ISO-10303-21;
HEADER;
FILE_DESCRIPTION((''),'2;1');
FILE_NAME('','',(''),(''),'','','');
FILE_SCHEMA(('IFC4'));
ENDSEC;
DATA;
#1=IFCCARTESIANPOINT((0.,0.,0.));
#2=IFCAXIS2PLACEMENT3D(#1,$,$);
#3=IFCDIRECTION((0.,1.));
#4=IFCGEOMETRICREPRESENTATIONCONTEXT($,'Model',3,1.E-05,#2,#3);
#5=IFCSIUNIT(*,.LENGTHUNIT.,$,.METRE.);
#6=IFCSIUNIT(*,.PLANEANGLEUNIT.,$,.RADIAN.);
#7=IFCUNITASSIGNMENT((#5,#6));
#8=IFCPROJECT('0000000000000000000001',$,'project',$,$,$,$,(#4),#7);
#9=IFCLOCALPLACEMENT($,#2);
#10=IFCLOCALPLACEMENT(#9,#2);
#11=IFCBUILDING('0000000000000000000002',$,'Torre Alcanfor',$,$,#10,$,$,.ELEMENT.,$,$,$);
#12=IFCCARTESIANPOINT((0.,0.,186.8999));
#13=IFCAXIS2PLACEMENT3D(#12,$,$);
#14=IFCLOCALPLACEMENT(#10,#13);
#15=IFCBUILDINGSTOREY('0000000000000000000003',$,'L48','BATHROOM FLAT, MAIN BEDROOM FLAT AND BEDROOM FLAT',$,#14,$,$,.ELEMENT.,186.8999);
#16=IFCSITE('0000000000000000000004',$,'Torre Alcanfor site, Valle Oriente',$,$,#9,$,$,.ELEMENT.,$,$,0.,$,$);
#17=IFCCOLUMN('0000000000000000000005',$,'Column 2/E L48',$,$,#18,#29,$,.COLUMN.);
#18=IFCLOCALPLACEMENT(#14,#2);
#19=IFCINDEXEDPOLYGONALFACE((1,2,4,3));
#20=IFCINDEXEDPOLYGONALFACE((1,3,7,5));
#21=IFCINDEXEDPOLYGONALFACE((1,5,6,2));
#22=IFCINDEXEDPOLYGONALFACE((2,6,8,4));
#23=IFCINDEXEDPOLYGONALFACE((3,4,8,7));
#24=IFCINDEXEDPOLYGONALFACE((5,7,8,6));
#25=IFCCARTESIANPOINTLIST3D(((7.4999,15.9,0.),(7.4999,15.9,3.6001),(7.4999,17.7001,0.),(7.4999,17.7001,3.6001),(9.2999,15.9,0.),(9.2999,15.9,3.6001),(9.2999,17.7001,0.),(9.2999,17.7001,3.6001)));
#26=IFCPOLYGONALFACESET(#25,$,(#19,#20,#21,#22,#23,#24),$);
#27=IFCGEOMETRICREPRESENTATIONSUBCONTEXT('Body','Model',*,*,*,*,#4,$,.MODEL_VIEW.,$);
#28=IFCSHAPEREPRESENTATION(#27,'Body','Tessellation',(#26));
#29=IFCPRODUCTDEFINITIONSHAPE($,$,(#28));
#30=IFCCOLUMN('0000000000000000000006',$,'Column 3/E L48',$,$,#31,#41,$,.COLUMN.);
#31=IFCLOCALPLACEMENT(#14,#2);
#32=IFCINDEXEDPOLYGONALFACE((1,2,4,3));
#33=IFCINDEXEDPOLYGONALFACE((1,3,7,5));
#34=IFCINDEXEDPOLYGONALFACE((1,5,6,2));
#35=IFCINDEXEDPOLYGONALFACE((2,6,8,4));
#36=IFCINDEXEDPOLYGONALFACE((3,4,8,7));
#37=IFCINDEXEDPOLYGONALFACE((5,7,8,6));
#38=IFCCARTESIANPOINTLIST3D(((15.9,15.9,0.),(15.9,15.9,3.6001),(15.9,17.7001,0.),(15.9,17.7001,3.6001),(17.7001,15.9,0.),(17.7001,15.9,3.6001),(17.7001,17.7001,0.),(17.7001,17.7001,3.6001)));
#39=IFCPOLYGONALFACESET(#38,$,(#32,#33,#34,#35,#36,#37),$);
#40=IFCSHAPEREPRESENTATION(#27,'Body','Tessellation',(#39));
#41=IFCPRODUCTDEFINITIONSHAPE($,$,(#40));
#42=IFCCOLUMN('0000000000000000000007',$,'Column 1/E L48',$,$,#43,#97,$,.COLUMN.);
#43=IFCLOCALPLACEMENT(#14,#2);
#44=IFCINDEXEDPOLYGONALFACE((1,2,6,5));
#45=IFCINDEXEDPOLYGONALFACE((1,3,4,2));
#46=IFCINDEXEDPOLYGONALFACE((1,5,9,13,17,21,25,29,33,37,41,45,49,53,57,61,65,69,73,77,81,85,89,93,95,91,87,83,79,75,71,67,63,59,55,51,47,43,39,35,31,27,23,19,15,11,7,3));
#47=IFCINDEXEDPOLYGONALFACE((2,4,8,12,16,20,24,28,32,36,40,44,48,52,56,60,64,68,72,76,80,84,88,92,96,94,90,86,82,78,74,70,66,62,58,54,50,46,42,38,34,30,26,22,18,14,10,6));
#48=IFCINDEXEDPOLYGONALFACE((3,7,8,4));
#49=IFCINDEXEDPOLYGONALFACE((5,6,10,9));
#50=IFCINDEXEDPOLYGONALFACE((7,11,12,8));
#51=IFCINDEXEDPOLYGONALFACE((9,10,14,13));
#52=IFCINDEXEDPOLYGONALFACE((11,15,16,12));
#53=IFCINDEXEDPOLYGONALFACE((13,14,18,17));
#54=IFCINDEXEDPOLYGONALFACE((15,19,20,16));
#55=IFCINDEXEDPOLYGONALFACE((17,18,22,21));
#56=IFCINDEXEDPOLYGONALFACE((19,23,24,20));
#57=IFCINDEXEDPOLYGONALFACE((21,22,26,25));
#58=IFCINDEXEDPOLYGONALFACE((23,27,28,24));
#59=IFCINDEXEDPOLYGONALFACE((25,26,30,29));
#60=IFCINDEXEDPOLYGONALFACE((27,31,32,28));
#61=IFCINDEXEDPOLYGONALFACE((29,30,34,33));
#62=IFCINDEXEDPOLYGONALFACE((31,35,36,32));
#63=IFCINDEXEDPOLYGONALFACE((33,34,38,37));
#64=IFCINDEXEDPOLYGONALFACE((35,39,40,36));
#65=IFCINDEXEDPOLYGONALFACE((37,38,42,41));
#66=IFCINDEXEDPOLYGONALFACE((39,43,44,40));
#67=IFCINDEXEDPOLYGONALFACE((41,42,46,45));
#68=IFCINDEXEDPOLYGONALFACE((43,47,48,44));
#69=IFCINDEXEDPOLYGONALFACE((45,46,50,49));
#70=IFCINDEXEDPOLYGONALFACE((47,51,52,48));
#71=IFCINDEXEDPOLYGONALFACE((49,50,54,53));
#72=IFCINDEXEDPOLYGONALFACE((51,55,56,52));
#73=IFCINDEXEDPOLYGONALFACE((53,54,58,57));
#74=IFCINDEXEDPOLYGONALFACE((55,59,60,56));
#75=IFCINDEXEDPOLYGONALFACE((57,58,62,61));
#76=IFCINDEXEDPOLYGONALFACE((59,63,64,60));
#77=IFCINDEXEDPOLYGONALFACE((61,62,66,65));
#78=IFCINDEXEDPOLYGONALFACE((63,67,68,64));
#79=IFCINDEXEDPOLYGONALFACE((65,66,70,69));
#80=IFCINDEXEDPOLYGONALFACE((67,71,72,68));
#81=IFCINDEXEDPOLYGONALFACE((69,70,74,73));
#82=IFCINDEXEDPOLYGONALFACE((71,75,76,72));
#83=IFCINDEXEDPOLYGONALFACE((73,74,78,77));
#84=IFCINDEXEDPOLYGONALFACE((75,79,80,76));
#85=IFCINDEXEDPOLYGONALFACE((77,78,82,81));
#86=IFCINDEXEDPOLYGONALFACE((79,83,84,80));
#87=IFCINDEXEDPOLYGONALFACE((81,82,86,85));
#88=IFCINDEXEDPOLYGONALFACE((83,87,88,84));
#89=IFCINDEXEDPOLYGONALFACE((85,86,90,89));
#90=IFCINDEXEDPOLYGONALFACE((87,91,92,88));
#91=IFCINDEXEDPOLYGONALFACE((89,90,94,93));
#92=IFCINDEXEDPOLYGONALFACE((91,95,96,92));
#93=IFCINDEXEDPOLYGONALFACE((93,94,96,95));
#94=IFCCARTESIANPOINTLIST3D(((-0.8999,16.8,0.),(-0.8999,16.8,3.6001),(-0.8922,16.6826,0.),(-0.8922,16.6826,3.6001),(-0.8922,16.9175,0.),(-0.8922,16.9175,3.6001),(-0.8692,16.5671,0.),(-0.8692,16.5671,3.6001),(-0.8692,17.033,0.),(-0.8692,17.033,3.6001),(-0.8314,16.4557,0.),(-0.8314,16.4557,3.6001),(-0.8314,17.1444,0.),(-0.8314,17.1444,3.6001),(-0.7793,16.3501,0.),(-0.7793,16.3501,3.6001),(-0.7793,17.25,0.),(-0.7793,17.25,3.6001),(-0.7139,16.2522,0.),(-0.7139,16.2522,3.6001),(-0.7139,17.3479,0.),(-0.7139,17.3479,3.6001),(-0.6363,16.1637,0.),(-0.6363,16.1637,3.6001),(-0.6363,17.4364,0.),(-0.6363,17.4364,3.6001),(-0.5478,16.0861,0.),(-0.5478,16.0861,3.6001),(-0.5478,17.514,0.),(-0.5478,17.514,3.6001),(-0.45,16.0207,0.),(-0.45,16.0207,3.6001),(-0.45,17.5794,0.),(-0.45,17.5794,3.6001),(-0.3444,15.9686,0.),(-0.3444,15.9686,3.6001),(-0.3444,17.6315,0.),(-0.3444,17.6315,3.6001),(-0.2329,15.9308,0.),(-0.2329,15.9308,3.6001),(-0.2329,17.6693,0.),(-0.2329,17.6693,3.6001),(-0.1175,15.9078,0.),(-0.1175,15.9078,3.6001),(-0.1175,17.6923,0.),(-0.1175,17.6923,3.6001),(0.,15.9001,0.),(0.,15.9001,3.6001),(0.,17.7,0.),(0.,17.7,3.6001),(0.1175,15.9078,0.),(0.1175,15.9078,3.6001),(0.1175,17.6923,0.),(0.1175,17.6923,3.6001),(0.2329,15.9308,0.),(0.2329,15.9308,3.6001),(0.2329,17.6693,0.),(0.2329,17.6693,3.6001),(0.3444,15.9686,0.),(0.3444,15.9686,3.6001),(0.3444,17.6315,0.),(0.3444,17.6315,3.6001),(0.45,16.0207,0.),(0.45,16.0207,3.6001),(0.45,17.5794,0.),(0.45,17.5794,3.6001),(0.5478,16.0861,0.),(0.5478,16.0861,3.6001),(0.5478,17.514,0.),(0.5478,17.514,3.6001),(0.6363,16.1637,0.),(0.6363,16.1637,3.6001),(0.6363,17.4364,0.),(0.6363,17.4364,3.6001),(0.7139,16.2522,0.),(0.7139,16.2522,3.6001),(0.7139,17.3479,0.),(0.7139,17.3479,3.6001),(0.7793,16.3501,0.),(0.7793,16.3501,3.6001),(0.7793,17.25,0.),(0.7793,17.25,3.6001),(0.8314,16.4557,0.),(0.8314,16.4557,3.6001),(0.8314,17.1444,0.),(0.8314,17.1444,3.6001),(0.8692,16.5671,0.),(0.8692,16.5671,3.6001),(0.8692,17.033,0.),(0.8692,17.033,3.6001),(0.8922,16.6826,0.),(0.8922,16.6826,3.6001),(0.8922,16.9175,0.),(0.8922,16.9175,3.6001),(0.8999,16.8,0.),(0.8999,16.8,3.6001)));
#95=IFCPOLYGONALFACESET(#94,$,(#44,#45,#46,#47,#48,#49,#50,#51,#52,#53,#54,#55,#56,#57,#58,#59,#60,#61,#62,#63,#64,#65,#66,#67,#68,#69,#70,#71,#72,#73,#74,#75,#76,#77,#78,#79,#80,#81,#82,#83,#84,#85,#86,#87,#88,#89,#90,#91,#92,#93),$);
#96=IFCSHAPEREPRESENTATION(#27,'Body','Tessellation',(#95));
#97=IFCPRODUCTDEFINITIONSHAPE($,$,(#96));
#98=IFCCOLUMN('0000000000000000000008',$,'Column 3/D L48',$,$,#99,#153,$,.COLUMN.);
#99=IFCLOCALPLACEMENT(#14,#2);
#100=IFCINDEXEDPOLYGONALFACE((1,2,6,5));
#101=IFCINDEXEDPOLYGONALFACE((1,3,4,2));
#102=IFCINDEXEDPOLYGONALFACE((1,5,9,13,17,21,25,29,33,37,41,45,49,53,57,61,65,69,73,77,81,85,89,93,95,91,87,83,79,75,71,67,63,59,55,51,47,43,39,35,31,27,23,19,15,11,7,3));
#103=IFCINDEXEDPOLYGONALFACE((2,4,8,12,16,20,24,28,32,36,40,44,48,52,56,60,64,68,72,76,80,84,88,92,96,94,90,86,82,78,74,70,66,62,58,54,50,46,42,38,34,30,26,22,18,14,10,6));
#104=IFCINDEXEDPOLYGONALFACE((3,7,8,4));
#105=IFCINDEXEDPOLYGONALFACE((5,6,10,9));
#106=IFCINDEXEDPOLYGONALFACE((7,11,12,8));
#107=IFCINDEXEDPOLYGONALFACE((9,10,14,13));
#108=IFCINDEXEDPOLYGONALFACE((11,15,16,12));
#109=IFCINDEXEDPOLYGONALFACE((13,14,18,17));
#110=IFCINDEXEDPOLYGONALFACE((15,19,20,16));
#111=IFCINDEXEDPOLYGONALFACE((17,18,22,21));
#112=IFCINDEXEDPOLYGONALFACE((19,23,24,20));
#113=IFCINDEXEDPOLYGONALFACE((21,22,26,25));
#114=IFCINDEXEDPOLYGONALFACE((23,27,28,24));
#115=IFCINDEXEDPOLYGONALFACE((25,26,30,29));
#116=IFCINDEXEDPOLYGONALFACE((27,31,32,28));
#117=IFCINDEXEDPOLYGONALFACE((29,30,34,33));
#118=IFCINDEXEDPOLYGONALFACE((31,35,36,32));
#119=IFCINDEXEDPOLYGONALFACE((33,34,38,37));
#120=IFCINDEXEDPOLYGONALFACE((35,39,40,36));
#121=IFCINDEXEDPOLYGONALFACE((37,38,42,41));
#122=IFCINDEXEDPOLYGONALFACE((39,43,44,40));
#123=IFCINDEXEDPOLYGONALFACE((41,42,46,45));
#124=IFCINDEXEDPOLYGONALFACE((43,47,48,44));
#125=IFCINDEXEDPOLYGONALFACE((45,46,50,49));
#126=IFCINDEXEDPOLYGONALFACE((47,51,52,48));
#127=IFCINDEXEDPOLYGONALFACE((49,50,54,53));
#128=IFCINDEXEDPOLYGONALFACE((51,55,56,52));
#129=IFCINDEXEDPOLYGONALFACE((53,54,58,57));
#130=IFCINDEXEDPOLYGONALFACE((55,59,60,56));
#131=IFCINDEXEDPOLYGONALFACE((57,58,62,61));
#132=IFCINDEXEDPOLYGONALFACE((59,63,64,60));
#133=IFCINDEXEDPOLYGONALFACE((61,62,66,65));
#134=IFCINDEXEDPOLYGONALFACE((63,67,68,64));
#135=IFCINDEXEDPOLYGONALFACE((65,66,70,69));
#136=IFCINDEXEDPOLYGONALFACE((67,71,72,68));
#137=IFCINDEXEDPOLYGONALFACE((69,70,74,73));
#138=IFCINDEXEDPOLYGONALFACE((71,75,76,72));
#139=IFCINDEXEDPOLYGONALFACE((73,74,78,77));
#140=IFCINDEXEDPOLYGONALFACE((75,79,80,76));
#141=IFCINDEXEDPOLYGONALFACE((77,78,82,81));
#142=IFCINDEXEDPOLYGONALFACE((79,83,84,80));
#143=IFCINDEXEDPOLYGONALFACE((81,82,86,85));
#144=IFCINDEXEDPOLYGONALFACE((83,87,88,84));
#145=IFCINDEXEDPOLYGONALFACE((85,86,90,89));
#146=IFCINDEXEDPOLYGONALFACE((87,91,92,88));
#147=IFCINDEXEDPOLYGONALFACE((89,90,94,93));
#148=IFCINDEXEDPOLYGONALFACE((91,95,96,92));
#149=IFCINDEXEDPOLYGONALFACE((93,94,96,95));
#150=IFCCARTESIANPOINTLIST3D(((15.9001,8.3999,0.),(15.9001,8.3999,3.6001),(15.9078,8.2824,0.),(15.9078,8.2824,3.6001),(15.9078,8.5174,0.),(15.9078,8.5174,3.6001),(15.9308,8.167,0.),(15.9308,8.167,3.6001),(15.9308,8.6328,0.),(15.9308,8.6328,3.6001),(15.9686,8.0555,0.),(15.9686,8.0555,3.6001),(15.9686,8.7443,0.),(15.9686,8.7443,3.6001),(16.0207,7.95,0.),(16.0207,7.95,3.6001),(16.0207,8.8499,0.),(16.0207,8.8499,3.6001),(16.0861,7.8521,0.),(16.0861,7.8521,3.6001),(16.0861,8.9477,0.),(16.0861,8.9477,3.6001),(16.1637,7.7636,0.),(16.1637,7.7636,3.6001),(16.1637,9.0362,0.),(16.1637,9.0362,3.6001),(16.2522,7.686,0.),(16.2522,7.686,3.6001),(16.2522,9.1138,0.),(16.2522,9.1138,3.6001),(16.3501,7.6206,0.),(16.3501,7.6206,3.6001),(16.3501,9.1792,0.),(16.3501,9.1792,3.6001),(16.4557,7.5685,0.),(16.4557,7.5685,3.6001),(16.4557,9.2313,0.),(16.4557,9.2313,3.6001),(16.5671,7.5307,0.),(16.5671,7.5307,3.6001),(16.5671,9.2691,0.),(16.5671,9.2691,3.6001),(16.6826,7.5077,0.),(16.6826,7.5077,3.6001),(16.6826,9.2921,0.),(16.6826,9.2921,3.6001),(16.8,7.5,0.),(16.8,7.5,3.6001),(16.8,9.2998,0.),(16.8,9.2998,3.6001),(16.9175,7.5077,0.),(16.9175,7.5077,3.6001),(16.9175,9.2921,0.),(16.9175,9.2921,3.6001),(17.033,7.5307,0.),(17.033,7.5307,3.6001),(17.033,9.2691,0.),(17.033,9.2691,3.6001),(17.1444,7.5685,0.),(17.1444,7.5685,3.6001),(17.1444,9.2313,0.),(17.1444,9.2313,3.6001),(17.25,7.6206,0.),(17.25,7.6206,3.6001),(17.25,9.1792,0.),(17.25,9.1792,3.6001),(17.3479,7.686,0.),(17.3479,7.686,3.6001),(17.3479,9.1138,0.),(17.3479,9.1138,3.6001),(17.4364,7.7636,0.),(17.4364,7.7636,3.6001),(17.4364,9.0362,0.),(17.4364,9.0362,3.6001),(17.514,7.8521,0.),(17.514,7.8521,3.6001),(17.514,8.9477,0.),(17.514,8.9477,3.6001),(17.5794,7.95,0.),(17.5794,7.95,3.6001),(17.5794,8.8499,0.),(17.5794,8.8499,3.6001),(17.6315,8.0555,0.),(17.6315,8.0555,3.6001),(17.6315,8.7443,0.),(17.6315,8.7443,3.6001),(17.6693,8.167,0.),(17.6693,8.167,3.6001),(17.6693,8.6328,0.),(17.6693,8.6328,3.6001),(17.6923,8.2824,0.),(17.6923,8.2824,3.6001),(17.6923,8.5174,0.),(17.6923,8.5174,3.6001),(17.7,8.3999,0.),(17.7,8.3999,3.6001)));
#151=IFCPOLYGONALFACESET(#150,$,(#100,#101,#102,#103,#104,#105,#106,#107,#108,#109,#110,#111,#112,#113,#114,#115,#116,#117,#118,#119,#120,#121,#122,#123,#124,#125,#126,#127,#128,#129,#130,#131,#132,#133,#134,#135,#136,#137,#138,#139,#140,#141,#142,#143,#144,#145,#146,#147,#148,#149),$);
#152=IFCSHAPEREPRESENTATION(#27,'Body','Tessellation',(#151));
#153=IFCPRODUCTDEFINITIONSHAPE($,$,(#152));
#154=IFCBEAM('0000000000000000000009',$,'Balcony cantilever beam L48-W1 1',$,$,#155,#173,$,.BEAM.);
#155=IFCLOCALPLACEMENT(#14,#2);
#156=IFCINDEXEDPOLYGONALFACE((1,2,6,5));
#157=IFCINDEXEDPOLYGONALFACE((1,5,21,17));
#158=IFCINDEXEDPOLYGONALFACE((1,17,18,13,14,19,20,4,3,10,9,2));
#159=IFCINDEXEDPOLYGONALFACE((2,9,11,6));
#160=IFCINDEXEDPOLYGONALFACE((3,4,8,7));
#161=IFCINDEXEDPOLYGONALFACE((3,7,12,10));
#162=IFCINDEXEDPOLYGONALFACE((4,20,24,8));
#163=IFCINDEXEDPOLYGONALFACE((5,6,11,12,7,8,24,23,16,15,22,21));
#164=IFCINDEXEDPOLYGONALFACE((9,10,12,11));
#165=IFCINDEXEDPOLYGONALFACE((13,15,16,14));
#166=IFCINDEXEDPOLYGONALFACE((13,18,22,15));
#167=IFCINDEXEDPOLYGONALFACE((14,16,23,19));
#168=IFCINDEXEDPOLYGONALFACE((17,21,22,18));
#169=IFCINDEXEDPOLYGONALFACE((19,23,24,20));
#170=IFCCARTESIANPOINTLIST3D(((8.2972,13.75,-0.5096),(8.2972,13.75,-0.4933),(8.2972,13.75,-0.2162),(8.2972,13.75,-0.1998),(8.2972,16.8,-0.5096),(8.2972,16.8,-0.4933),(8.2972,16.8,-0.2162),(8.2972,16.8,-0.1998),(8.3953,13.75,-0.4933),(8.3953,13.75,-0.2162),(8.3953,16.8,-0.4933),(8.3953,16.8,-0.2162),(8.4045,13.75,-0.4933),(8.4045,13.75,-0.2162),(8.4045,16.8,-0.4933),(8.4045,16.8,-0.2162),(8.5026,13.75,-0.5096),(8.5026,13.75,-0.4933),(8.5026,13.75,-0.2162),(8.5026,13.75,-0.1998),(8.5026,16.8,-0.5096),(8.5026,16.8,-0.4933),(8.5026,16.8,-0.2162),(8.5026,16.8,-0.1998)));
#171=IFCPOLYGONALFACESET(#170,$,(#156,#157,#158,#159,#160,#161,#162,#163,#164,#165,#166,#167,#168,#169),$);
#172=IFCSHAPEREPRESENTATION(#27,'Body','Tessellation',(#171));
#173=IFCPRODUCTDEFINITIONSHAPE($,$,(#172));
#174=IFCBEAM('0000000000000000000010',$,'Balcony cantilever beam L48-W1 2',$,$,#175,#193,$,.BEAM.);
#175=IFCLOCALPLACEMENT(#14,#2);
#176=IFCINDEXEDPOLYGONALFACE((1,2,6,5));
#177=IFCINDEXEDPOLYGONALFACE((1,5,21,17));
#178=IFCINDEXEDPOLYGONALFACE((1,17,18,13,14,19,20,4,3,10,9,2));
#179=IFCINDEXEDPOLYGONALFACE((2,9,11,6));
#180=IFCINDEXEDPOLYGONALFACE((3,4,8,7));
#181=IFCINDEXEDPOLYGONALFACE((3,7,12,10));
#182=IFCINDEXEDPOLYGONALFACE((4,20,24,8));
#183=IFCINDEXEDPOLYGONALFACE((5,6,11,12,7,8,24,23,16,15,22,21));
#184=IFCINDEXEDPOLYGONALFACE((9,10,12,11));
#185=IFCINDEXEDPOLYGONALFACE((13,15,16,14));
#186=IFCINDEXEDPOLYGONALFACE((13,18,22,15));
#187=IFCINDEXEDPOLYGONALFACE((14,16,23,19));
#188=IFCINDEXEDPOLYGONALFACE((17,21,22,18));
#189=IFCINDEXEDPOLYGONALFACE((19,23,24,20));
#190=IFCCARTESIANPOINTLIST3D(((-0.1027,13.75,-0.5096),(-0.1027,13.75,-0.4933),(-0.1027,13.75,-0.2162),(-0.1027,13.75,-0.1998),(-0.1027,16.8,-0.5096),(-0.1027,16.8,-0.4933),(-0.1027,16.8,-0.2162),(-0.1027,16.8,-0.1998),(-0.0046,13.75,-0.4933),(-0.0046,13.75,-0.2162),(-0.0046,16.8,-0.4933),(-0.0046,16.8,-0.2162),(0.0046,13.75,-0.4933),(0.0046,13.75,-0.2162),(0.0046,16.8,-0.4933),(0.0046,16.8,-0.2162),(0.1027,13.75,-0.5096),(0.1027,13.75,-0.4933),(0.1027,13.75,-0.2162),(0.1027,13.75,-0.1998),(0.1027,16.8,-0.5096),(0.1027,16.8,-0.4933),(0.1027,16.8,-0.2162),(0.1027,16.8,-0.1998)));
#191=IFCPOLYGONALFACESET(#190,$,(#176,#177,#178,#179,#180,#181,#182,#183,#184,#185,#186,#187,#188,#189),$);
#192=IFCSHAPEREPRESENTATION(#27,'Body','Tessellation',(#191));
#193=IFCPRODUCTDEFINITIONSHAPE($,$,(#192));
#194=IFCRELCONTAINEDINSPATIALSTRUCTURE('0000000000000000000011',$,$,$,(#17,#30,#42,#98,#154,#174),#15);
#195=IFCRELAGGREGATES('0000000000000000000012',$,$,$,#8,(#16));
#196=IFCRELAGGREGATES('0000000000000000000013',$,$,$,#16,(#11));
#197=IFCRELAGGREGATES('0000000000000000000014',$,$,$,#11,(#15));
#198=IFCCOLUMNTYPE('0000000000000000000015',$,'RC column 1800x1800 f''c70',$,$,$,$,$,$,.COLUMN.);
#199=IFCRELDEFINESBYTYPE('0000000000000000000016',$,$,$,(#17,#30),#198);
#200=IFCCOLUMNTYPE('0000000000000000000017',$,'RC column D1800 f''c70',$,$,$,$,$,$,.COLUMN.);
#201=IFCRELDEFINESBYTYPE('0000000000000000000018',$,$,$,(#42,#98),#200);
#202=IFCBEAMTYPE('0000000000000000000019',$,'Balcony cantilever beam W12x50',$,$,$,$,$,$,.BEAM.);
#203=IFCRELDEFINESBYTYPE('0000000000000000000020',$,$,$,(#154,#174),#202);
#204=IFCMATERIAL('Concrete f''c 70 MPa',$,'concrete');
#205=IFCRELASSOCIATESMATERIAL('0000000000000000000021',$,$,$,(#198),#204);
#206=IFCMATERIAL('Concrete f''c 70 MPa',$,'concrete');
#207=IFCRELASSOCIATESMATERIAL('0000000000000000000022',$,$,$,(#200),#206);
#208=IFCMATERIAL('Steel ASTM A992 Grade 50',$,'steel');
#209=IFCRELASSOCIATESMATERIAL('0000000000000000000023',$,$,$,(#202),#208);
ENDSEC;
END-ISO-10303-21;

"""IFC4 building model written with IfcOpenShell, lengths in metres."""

from ifc_helpers import new_model, si_unit, direction, frame, origin, origin_2d, place, context, subcontext, project, spatial, rectangle, circle, i_section, extrude, material, material_profile, profile_set, type_object, element, save


model = new_model("IFC4")

# Units and contexts
model_context = context("Model", 3, precision=1e-05, world=origin(), true_north=direction((0.0, 1.0)))
body_context = subcontext(model_context, "Body", "Model", "MODEL_VIEW")
ifc_project = project(units=[si_unit("LENGTHUNIT", "METRE"), si_unit("PLANEANGLEUNIT", "RADIAN")], contexts=[model_context])

# Site, building, storey
site_placement = place(None, origin())
site = spatial("IfcSite", under=ifc_project, at=site_placement, Name="Torre Alcanfor site, Valle Oriente", CompositionType="ELEMENT", RefElevation=0.0)
building_placement = place(site_placement, origin())
building = spatial("IfcBuilding", under=site, at=building_placement, Name="Torre Alcanfor", CompositionType="ELEMENT")
storey_placement = place(building_placement, frame((0.0, 0.0, 186.8999)))
storey = spatial("IfcBuildingStorey", under=building, at=storey_placement, Name="L48", Description="BATHROOM FLAT, MAIN BEDROOM FLAT AND BEDROOM FLAT", CompositionType="ELEMENT", Elevation=186.8999)

# Columns
ifc_material_1 = material(Name="Concrete f'c 70 MPa", Category="concrete")
ifc_material_profile_1 = material_profile(ifc_material_1, rectangle(XDim=1.8, YDim=1.8, at=origin_2d()), Name="1800x1800")
ifc_profile_set_1 = profile_set([ifc_material_profile_1], Name="Concrete f'c 70 MPa")
column_type_1 = type_object("IfcColumnType", Name="RC column 1800x1800 f'c70", PredefinedType="COLUMN", material=ifc_profile_set_1)
for number, where, z_axis, x_axis, name in (
    (1, (8.3999, 16.8, 0.0), (0.0, 0.0, 1.0), (1.0, 0.0, 0.0), "Column 2/E L48"),
    (2, (16.8, 16.8, 0.0), (0.0, 0.0, 1.0), (1.0, 0.0, 0.0), "Column 3/E L48"),
):
    element("IfcColumn", number, at=place(storey_placement, frame(where, z_axis=z_axis, x_axis=x_axis)), inside=storey, type_object=column_type_1, Name=name, PredefinedType="COLUMN", context=body_context, shape_type="SweptSolid", body=[
        extrude(rectangle(XDim=1.8, YDim=1.8, at=origin_2d()), origin(), (0.0, 0.0, 1.0), 3.6001),
    ])
ifc_material_2 = material(Name="Concrete f'c 70 MPa", Category="concrete")
ifc_material_profile_2 = material_profile(ifc_material_2, circle(Radius=0.8999, at=origin_2d()), Name="D1800")
ifc_profile_set_2 = profile_set([ifc_material_profile_2], Name="Concrete f'c 70 MPa")
column_type_2 = type_object("IfcColumnType", Name="RC column D1800 f'c70", PredefinedType="COLUMN", material=ifc_profile_set_2)
for number, where, z_axis, x_axis, name in (
    (3, (0.0, 16.8, 0.0), (0.0, 0.0, 1.0), (1.0, 0.0, 0.0), "Column 1/E L48"),
    (4, (16.8, 8.3999, 0.0), (0.0, 0.0, 1.0), (1.0, 0.0, 0.0), "Column 3/D L48"),
):
    element("IfcColumn", number, at=place(storey_placement, frame(where, z_axis=z_axis, x_axis=x_axis)), inside=storey, type_object=column_type_2, Name=name, PredefinedType="COLUMN", context=body_context, shape_type="SweptSolid", body=[
        extrude(circle(Radius=0.8999, at=origin_2d()), origin(), (0.0, 0.0, 1.0), 3.6001),
    ])

# Beams
ifc_material_3 = material(Name="Steel ASTM A992 Grade 50", Category="steel")
ifc_material_profile_3 = material_profile(ifc_material_3, i_section(OverallWidth=0.2053, OverallDepth=0.3098, WebThickness=0.0093, FlangeThickness=0.0164, at=origin_2d()), Name="W12x50")
ifc_profile_set_3 = profile_set([ifc_material_profile_3], Name="Steel ASTM A992 Grade 50")
beam_type_1 = type_object("IfcBeamType", Name="Balcony cantilever beam W12x50", PredefinedType="BEAM", material=ifc_profile_set_3)
for number, where, z_axis, x_axis, name in (
    (5, (8.3999, 16.8, -0.3547), (0.0, -1.0, 0.0), (1.0, 0.0, 0.0), "Balcony cantilever beam L48-W1 1"),
    (6, (0.0, 16.8, -0.3547), (0.0, -1.0, 0.0), (1.0, 0.0, 0.0), "Balcony cantilever beam L48-W1 2"),
):
    element("IfcBeam", number, at=place(storey_placement, frame(where, z_axis=z_axis, x_axis=x_axis)), inside=storey, type_object=beam_type_1, Name=name, PredefinedType="BEAM", context=body_context, shape_type="SweptSolid", body=[
        extrude(i_section(OverallWidth=0.2053, OverallDepth=0.3098, WebThickness=0.0093, FlangeThickness=0.0164, at=origin_2d()), origin(), (0.0, 0.0, 1.0), 3.05),
    ])

save(model, "model.ifc")
